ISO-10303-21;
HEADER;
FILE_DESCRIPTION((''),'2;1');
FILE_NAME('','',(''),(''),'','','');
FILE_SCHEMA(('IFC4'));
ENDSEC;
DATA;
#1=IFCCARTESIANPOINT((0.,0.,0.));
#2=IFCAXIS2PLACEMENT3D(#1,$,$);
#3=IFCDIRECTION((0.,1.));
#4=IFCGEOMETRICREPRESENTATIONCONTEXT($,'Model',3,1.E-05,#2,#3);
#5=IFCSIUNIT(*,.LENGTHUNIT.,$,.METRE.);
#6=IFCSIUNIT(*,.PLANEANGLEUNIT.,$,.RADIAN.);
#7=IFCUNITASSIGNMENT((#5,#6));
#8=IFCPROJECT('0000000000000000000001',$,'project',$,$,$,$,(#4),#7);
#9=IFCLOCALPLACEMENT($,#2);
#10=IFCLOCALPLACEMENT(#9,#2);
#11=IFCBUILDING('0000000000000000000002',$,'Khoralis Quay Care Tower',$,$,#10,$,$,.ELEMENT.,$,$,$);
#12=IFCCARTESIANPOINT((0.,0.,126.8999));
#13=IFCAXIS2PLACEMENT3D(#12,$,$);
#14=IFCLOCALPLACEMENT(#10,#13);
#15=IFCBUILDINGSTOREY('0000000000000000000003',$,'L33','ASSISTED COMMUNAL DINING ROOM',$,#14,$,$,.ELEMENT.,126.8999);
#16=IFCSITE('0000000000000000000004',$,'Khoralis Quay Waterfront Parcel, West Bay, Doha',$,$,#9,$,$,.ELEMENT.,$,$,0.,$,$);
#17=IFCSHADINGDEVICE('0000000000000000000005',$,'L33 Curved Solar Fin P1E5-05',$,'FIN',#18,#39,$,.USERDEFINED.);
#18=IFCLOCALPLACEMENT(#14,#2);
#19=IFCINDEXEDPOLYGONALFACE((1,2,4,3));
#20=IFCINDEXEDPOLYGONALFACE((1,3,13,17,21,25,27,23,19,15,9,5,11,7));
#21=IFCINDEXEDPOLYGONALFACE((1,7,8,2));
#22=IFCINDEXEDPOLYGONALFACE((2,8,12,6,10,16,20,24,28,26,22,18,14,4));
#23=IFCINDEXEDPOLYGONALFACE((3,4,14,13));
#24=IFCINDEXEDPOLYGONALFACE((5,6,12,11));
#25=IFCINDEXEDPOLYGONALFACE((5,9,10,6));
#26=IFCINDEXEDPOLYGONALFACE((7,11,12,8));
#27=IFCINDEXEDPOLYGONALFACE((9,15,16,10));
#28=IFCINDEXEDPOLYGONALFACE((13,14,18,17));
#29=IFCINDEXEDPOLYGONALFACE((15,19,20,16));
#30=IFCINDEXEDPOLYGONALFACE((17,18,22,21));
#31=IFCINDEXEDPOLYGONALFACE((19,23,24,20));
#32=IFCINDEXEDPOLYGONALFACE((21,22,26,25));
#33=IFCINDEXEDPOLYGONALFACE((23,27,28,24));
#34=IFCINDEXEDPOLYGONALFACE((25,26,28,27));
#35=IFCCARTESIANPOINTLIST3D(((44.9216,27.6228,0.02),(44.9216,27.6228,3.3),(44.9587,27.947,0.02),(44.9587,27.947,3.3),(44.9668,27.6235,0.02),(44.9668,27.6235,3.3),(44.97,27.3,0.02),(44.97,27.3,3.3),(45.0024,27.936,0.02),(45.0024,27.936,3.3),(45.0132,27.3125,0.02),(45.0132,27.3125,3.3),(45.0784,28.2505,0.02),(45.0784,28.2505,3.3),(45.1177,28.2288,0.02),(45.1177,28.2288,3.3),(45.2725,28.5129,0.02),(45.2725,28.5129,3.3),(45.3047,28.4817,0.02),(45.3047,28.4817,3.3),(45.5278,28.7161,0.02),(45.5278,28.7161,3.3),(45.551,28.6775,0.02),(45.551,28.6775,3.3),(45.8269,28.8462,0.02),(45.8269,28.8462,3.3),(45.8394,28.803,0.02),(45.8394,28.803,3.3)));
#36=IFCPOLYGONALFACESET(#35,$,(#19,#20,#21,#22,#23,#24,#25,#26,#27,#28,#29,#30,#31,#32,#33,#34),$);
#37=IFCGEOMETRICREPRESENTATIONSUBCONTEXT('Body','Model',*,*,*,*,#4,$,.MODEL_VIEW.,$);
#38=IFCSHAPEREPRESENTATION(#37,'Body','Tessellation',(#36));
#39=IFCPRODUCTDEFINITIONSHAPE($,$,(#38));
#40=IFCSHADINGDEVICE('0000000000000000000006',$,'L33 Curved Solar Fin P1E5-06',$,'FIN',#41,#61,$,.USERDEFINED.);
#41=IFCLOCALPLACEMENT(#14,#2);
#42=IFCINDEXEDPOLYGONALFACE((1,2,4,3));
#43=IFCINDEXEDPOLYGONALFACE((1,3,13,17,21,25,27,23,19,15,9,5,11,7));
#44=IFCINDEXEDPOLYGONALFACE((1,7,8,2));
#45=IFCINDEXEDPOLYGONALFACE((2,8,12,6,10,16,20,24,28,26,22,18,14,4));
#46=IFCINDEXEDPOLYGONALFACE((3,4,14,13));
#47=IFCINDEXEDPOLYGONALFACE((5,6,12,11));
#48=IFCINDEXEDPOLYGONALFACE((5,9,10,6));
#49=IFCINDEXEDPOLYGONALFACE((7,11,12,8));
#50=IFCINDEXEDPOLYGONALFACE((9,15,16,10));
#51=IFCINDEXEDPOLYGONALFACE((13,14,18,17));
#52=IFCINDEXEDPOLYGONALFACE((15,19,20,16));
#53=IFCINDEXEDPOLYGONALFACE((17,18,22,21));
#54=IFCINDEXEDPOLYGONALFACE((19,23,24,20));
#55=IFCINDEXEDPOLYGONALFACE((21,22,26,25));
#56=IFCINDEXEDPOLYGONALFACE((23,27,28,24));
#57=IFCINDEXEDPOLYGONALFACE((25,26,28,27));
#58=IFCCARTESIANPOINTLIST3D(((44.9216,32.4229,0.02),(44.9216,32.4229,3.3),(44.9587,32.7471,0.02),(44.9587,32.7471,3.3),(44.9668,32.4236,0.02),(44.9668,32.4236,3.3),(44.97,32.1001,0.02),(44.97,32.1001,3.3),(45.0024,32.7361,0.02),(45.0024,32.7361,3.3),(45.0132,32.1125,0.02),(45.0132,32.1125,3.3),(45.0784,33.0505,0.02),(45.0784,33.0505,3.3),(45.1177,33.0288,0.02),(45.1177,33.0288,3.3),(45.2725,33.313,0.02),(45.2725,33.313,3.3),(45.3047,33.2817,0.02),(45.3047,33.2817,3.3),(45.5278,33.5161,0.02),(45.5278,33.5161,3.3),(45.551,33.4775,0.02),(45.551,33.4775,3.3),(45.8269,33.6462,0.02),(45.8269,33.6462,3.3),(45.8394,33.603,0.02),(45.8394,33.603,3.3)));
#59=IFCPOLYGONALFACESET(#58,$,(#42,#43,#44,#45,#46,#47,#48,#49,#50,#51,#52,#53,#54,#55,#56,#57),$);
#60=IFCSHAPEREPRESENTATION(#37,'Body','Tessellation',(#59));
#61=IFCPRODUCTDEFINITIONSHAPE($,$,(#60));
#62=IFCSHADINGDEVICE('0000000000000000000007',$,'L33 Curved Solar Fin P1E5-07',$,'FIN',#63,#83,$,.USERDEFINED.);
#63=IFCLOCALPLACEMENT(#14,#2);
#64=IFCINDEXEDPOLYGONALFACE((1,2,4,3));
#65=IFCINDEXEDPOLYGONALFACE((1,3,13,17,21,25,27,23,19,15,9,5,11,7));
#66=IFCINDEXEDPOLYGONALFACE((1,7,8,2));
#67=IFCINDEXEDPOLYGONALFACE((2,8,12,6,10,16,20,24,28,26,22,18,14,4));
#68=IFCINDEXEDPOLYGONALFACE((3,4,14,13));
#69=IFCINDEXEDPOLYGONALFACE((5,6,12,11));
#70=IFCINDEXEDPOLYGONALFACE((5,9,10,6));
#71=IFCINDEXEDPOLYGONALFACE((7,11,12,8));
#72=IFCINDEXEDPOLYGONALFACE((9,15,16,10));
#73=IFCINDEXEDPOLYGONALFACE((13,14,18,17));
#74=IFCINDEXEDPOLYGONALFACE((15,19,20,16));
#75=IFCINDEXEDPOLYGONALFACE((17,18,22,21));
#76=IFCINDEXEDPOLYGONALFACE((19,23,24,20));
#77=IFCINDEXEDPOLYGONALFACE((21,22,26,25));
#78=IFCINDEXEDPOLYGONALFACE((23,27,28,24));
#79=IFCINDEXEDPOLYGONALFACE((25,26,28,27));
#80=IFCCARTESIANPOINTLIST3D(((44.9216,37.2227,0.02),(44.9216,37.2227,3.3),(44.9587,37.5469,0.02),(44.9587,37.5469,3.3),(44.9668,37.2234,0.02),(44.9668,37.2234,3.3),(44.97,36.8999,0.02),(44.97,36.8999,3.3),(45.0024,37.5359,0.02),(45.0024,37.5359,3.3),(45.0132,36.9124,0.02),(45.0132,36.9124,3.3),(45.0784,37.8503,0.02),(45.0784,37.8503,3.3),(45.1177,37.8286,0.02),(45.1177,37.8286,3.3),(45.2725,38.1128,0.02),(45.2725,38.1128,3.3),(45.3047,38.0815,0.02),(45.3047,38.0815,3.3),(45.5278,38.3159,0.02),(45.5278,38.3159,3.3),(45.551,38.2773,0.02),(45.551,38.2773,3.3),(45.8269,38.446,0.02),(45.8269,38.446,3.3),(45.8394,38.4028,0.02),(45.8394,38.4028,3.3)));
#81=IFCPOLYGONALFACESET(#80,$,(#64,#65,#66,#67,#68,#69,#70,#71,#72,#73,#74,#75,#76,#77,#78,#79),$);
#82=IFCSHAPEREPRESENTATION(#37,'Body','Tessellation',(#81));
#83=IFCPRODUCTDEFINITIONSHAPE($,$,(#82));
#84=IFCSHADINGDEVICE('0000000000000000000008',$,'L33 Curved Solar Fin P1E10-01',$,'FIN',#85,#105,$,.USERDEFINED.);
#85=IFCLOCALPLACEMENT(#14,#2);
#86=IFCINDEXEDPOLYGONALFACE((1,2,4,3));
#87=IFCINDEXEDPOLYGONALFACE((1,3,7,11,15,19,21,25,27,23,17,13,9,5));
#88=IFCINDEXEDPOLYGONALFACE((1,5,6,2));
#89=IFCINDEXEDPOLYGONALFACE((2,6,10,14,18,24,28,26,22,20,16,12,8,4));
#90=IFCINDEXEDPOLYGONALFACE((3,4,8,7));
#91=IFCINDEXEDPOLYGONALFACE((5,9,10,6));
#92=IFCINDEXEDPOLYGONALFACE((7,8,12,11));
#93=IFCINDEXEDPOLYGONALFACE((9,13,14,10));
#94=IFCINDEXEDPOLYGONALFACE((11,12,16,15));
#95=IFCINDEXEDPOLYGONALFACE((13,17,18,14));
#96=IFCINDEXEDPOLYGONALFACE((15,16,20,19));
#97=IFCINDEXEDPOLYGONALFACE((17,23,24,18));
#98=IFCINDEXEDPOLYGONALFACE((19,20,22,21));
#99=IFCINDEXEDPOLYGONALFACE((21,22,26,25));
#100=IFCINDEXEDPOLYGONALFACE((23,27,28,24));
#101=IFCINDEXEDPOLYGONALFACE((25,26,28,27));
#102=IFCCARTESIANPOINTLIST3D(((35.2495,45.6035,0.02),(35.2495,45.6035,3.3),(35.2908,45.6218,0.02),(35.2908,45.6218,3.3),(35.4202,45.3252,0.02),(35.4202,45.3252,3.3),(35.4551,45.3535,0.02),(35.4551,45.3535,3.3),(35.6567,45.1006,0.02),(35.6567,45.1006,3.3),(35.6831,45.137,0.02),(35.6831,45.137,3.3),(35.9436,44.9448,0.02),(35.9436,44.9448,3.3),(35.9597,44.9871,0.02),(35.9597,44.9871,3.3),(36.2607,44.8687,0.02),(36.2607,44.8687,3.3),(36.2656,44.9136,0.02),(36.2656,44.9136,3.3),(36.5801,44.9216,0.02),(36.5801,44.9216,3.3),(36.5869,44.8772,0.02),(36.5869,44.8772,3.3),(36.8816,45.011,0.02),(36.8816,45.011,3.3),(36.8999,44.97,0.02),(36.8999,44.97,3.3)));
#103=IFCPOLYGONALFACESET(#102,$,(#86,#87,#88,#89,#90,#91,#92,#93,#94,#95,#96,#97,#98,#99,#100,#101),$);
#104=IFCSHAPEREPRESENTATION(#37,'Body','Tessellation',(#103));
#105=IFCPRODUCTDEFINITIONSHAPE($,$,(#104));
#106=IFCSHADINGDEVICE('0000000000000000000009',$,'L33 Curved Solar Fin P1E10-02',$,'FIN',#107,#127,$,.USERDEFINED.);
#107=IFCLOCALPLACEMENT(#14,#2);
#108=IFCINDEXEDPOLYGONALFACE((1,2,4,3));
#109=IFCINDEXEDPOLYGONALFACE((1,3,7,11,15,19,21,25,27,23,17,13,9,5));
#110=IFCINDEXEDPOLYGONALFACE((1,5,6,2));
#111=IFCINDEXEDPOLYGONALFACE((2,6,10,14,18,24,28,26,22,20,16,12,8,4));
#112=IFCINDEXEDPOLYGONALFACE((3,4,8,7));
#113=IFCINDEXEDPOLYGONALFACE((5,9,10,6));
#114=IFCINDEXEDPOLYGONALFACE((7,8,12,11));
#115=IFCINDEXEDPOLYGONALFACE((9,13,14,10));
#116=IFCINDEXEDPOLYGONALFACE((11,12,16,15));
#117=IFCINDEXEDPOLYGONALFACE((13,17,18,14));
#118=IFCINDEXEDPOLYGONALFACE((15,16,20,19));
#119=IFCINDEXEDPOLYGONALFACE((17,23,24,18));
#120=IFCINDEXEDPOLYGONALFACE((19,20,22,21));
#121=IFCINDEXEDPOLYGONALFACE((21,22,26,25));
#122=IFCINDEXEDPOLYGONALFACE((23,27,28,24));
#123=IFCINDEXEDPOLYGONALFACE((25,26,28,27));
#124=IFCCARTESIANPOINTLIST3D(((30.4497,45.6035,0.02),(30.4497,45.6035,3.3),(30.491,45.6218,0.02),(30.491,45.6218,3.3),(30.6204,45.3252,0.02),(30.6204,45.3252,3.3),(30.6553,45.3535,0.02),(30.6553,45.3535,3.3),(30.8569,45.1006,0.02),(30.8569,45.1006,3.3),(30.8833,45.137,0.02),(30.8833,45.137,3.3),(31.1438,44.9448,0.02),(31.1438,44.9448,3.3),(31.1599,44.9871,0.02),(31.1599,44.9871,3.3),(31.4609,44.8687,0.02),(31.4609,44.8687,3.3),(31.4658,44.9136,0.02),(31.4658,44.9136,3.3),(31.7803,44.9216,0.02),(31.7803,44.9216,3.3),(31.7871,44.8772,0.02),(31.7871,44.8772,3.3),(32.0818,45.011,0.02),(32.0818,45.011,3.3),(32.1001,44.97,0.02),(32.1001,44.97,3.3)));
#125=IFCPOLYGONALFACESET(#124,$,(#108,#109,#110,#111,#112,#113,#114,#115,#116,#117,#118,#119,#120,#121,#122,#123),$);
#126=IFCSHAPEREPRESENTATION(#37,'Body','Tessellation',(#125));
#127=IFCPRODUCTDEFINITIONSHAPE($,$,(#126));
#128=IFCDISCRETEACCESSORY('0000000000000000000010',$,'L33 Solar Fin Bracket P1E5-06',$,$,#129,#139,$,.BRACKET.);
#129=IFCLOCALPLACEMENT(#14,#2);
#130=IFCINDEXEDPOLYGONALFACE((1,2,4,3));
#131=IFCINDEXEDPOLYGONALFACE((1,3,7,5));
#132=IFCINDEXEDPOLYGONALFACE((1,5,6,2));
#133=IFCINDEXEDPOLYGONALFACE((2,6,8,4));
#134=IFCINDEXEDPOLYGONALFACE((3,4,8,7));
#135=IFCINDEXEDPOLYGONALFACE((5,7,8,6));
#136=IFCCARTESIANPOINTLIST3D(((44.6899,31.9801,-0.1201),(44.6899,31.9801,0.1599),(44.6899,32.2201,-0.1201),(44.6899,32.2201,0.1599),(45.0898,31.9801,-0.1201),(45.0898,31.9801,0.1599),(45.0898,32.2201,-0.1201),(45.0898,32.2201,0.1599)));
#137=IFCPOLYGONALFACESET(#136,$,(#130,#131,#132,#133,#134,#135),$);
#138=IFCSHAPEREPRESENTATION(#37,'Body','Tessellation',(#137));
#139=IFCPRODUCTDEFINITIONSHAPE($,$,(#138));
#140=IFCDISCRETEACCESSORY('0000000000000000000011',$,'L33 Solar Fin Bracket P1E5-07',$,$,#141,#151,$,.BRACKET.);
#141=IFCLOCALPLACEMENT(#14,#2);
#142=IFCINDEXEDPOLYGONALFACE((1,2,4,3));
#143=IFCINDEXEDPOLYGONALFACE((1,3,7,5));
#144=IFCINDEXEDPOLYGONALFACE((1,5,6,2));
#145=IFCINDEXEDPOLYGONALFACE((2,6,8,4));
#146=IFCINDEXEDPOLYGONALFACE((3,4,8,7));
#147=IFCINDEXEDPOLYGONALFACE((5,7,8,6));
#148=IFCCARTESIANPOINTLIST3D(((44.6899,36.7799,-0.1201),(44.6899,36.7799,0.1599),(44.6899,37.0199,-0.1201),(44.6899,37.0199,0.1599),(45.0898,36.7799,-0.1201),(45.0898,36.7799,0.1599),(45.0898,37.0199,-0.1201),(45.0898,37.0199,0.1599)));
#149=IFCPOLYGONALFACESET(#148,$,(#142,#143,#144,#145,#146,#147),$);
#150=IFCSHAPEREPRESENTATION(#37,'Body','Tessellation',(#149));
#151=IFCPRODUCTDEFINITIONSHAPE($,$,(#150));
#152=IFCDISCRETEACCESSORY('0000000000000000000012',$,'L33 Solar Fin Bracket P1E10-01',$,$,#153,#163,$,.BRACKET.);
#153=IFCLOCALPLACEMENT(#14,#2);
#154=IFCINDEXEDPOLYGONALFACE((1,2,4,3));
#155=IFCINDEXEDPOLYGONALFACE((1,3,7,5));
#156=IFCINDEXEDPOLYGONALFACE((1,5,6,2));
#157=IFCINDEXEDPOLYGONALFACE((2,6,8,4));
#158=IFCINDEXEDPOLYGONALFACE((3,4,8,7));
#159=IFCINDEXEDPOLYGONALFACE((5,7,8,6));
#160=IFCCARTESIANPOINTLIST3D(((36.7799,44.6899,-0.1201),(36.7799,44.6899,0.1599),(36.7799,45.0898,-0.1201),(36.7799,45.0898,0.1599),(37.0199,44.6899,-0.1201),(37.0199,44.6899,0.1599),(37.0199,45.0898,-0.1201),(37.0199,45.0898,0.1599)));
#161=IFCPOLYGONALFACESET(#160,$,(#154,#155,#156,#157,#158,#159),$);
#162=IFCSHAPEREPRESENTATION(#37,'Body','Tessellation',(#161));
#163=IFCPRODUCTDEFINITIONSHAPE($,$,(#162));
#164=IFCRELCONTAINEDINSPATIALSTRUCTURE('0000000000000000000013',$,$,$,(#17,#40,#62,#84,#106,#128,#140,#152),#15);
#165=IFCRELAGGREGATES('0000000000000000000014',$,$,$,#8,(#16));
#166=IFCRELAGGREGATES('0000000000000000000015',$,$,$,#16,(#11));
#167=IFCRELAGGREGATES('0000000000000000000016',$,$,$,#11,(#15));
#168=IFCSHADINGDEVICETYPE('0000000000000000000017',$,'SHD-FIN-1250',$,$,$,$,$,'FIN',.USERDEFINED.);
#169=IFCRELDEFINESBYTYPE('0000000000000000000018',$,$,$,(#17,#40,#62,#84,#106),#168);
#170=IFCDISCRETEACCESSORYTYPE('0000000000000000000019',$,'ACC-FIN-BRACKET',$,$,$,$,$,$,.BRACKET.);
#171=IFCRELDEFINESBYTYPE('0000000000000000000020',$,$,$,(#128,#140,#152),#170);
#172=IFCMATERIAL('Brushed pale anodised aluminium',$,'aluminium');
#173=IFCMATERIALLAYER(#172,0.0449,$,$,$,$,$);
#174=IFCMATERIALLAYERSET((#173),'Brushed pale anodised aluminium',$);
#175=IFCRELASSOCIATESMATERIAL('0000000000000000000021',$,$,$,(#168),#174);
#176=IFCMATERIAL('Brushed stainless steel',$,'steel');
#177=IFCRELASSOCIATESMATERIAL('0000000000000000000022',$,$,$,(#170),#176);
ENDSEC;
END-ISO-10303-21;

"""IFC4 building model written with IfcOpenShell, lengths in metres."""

from ifc_helpers import new_model, si_unit, direction, frame, origin, origin_2d, place, context, subcontext, project, spatial, polyline, rectangle, outline, extrude, source, transform, mapped, material, layer, layer_set, type_object, element, save


model = new_model("IFC4")

# Units and contexts
model_context = context("Model", 3, precision=1e-05, world=origin(), true_north=direction((0.0, 1.0)))
body_context = subcontext(model_context, "Body", "Model", "MODEL_VIEW")
ifc_project = project(units=[si_unit("LENGTHUNIT", "METRE"), si_unit("PLANEANGLEUNIT", "RADIAN")], contexts=[model_context])

# Site, building, storey
site_placement = place(None, origin())
site = spatial("IfcSite", under=ifc_project, at=site_placement, Name="Khoralis Quay Waterfront Parcel, West Bay, Doha", CompositionType="ELEMENT", RefElevation=0.0)
building_placement = place(site_placement, origin())
building = spatial("IfcBuilding", under=site, at=building_placement, Name="Khoralis Quay Care Tower", CompositionType="ELEMENT")
storey_placement = place(building_placement, frame((0.0, 0.0, 126.8999)))
storey = spatial("IfcBuildingStorey", under=building, at=storey_placement, Name="L33", Description="ASSISTED COMMUNAL DINING ROOM", CompositionType="ELEMENT", Elevation=126.8999)

# Shading devices
ifc_material_1 = material(Name="Brushed pale anodised aluminium", Category="aluminium")
ifc_layer_1 = layer(ifc_material_1, 0.0449)
ifc_layer_set_1 = layer_set([ifc_layer_1], Name="Brushed pale anodised aluminium")
shading_device_type = type_object("IfcShadingDeviceType", Name="SHD-FIN-1250", ElementType="FIN", PredefinedType="USERDEFINED", material=ifc_layer_set_1)
shared_shape_1 = source(origin(), body_context, "Body", "SweptSolid", [
    extrude(outline(polyline([(0.0, 0.0), (-0.0483, 0.3228), (-0.0112, 0.647), (0.1084, 0.9504), (0.3025, 1.2129), (0.5579, 1.416), (0.8569, 1.5461), (0.8694, 1.5029), (0.5811, 1.3774), (0.3347, 1.1816), (0.1477, 0.9287), (0.0325, 0.636), (-0.0032, 0.3235), (0.0432, 0.0125), (0.0, 0.0)])), origin(), (0.0, 0.0, 1.0), 3.28),
])
for number, where, z_axis, x_axis, name in (
    (1, (44.97, 27.3, 0.02), (0.0, 0.0, 1.0), (1.0, 0.0, 0.0), "L33 Curved Solar Fin P1E5-05"),
    (2, (44.97, 32.1001, 0.02), (0.0, 0.0, 1.0), (1.0, 0.0, 0.0), "L33 Curved Solar Fin P1E5-06"),
    (3, (44.97, 36.8999, 0.02), (0.0, 0.0, 1.0), (1.0, 0.0, 0.0), "L33 Curved Solar Fin P1E5-07"),
):
    element("IfcShadingDevice", number, at=place(storey_placement, frame(where, z_axis=z_axis, x_axis=x_axis)), inside=storey, type_object=shading_device_type, Name=name, ObjectType="FIN", PredefinedType="USERDEFINED", context=body_context, shape_type="MappedRepresentation", body=[
        mapped(shared_shape_1, transform((0.0, 0.0, 0.0), scale=1.0)),
    ])
shared_shape_2 = source(origin(), body_context, "Body", "SweptSolid", [
    extrude(outline(polyline([(0.0, 0.0), (-0.0928, 0.313), (-0.1013, 0.6392), (-0.0251, 0.9563), (0.1306, 1.2432), (0.3552, 1.4797), (0.6335, 1.6504), (0.6519, 1.6091), (0.3835, 1.4448), (0.167, 1.2168), (0.0171, 0.9402), (-0.0564, 0.6343), (-0.0483, 0.3198), (0.041, 0.0183), (0.0, 0.0)])), origin(), (0.0, 0.0, 1.0), 3.28),
])
for number, where, z_axis, x_axis, name in (
    (4, (36.8999, 44.97, 0.02), (0.0, 0.0, 1.0), (0.0, 1.0, 0.0), "L33 Curved Solar Fin P1E10-01"),
    (5, (32.1001, 44.97, 0.02), (0.0, 0.0, 1.0), (0.0, 1.0, 0.0), "L33 Curved Solar Fin P1E10-02"),
):
    element("IfcShadingDevice", number, at=place(storey_placement, frame(where, z_axis=z_axis, x_axis=x_axis)), inside=storey, type_object=shading_device_type, Name=name, ObjectType="FIN", PredefinedType="USERDEFINED", context=body_context, shape_type="MappedRepresentation", body=[
        mapped(shared_shape_2, transform((0.0, 0.0, 0.0), scale=1.0)),
    ])

# Discrete accessories
ifc_material_2 = material(Name="Brushed stainless steel", Category="steel")
discrete_accessory_type = type_object("IfcDiscreteAccessoryType", Name="ACC-FIN-BRACKET", PredefinedType="BRACKET", material=ifc_material_2)
shared_shape_3 = source(origin(), body_context, "Body", "SweptSolid", [
    extrude(rectangle(XDim=0.3999, YDim=0.24, at=origin_2d()), origin(), (0.0, 0.0, 1.0), 0.28),
])
for number, where, z_axis, x_axis, name in (
    (6, (44.8899, 32.1001, -0.1201), (0.0, 0.0, 1.0), (1.0, 0.0, 0.0), "L33 Solar Fin Bracket P1E5-06"),
    (7, (44.8899, 36.8999, -0.1201), (0.0, 0.0, 1.0), (1.0, 0.0, 0.0), "L33 Solar Fin Bracket P1E5-07"),
    (8, (36.8999, 44.8899, -0.1201), (0.0, 0.0, 1.0), (0.0, 1.0, 0.0), "L33 Solar Fin Bracket P1E10-01"),
):
    element("IfcDiscreteAccessory", number, at=place(storey_placement, frame(where, z_axis=z_axis, x_axis=x_axis)), inside=storey, type_object=discrete_accessory_type, Name=name, PredefinedType="BRACKET", context=body_context, shape_type="MappedRepresentation", body=[
        mapped(shared_shape_3, transform((0.0, 0.0, 0.0), scale=1.0)),
    ])

save(model, "model.ifc")
